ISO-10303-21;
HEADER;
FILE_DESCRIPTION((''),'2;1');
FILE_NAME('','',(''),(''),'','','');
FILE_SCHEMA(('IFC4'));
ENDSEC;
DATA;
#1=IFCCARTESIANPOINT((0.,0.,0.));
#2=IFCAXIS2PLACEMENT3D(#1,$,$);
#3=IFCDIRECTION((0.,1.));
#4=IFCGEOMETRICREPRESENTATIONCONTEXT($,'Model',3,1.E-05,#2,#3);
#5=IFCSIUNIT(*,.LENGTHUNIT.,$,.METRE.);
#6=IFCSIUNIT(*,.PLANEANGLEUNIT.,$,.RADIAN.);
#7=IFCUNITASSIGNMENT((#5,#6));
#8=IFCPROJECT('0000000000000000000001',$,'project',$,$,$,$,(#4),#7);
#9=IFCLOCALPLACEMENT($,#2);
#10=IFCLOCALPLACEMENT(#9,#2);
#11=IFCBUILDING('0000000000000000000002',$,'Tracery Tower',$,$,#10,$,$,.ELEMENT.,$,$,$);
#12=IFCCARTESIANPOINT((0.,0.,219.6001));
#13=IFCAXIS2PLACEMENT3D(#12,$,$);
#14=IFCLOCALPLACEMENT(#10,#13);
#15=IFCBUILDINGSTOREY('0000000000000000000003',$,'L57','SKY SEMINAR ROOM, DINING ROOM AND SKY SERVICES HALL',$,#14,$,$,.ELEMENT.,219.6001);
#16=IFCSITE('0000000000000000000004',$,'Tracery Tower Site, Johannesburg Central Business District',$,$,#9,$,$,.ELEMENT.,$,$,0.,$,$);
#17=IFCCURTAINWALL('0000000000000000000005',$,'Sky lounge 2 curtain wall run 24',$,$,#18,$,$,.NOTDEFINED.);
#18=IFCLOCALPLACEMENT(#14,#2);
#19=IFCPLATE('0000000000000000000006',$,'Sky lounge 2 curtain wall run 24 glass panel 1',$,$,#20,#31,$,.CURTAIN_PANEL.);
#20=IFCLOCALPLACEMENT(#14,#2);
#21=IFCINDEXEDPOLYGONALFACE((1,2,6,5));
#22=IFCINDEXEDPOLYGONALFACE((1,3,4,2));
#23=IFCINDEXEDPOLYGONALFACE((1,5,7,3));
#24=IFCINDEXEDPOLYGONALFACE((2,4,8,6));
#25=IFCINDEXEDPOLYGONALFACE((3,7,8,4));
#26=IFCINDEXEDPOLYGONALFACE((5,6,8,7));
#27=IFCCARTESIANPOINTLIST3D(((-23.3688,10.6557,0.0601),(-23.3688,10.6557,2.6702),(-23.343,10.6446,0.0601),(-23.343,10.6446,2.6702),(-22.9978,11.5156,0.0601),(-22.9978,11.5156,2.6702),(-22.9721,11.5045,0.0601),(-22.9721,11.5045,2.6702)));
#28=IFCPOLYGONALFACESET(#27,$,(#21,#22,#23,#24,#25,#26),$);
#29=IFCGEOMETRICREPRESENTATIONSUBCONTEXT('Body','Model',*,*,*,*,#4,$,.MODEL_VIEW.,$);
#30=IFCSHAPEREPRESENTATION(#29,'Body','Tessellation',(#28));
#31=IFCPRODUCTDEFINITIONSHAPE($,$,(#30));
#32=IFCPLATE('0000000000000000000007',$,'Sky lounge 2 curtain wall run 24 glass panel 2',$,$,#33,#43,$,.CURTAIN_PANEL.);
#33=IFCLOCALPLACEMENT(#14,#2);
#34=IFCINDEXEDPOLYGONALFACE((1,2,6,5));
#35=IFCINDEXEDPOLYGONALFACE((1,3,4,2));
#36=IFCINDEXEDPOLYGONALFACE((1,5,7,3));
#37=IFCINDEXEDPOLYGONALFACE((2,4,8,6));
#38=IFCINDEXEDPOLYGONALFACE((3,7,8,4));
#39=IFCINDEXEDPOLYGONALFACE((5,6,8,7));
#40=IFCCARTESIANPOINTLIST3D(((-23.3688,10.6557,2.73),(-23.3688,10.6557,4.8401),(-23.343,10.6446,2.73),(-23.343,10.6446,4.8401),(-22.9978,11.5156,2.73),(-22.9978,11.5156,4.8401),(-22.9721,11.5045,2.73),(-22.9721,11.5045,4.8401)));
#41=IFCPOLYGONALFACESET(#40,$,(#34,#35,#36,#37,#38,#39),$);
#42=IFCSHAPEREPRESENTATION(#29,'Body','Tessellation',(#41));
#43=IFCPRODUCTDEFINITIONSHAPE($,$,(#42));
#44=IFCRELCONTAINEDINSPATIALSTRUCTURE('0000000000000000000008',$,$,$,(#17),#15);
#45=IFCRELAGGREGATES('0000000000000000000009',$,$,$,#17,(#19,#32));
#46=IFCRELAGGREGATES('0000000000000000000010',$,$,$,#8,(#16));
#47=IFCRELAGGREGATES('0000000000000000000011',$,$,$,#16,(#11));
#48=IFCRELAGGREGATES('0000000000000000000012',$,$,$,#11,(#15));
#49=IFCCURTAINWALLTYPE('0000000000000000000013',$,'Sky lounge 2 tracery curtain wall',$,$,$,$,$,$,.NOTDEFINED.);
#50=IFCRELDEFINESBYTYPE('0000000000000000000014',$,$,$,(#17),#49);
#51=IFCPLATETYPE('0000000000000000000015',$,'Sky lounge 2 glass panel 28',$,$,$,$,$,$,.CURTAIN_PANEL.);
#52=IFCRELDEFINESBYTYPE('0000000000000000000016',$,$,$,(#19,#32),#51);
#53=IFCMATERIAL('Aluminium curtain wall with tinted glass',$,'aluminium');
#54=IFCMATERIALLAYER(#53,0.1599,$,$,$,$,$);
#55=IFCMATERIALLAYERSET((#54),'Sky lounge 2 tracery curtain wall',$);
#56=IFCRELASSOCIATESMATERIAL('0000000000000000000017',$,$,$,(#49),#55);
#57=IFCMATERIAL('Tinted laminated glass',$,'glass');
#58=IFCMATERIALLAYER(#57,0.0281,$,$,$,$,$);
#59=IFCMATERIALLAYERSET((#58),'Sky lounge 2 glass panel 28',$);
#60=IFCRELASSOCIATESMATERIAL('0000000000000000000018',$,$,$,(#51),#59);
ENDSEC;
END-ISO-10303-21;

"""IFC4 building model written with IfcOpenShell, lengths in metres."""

from ifc_helpers import new_model, si_unit, direction, frame, origin, origin_2d, place, context, subcontext, project, spatial, rectangle, extrude, material, layer, layer_set, type_object, element, aggregate, save


model = new_model("IFC4")

# Units and contexts
model_context = context("Model", 3, precision=1e-05, world=origin(), true_north=direction((0.0, 1.0)))
body_context = subcontext(model_context, "Body", "Model", "MODEL_VIEW")
ifc_project = project(units=[si_unit("LENGTHUNIT", "METRE"), si_unit("PLANEANGLEUNIT", "RADIAN")], contexts=[model_context])

# Site, building, storey
site_placement = place(None, origin())
site = spatial("IfcSite", under=ifc_project, at=site_placement, Name="Tracery Tower Site, Johannesburg Central Business District", CompositionType="ELEMENT", RefElevation=0.0)
building_placement = place(site_placement, origin())
building = spatial("IfcBuilding", under=site, at=building_placement, Name="Tracery Tower", CompositionType="ELEMENT")
storey_placement = place(building_placement, frame((0.0, 0.0, 219.6001)))
storey = spatial("IfcBuildingStorey", under=building, at=storey_placement, Name="L57", Description="SKY SEMINAR ROOM, DINING ROOM AND SKY SERVICES HALL", CompositionType="ELEMENT", Elevation=219.6001)

# Shared definitions
ifc_material_1 = material(Name="Aluminium curtain wall with tinted glass", Category="aluminium")
ifc_layer_1 = layer(ifc_material_1, 0.1599)
ifc_layer_set_1 = layer_set([ifc_layer_1], Name="Sky lounge 2 tracery curtain wall")
curtain_wall_type = type_object("IfcCurtainWallType", Name="Sky lounge 2 tracery curtain wall", PredefinedType="NOTDEFINED", material=ifc_layer_set_1)

# Curtain wall
curtain_wall_1_placement = place(storey_placement, origin())
curtain_wall_1 = element("IfcCurtainWall", 1, at=curtain_wall_1_placement, inside=storey, type_object=curtain_wall_type, Name="Sky lounge 2 curtain wall run 24", PredefinedType="NOTDEFINED")

# Plates
ifc_material_2 = material(Name="Tinted laminated glass", Category="glass")
ifc_layer_2 = layer(ifc_material_2, 0.0281)
ifc_layer_set_2 = layer_set([ifc_layer_2], Name="Sky lounge 2 glass panel 28")
plate_type = type_object("IfcPlateType", Name="Sky lounge 2 glass panel 28", PredefinedType="CURTAIN_PANEL", material=ifc_layer_set_2)
plate_1_placement = place(storey_placement, frame((-23.1704, 11.0801, 0.0601), z_axis=(0.0, 0.0, 1.0), x_axis=(-0.39608, -0.918216, 0.0)))
plate_1 = element("IfcPlate", 2, at=plate_1_placement, type_object=plate_type, Name="Sky lounge 2 curtain wall run 24 glass panel 1", PredefinedType="CURTAIN_PANEL", context=body_context, shape_type="SweptSolid", body=[
    extrude(rectangle(XDim=0.9365, YDim=0.0281, at=origin_2d()), origin(), (0.0, 0.0, 1.0), 2.6101),
])
plate_2_placement = place(storey_placement, frame((-23.1704, 11.0801, 2.73), z_axis=(0.0, 0.0, 1.0), x_axis=(-0.39608, -0.918216, 0.0)))
plate_2 = element("IfcPlate", 3, at=plate_2_placement, type_object=plate_type, Name="Sky lounge 2 curtain wall run 24 glass panel 2", PredefinedType="CURTAIN_PANEL", context=body_context, shape_type="SweptSolid", body=[
    extrude(rectangle(XDim=0.9365, YDim=0.0281, at=origin_2d()), origin(), (0.0, 0.0, 1.0), 2.1101),
])
aggregate(curtain_wall_1, [plate_1, plate_2])

save(model, "model.ifc")
